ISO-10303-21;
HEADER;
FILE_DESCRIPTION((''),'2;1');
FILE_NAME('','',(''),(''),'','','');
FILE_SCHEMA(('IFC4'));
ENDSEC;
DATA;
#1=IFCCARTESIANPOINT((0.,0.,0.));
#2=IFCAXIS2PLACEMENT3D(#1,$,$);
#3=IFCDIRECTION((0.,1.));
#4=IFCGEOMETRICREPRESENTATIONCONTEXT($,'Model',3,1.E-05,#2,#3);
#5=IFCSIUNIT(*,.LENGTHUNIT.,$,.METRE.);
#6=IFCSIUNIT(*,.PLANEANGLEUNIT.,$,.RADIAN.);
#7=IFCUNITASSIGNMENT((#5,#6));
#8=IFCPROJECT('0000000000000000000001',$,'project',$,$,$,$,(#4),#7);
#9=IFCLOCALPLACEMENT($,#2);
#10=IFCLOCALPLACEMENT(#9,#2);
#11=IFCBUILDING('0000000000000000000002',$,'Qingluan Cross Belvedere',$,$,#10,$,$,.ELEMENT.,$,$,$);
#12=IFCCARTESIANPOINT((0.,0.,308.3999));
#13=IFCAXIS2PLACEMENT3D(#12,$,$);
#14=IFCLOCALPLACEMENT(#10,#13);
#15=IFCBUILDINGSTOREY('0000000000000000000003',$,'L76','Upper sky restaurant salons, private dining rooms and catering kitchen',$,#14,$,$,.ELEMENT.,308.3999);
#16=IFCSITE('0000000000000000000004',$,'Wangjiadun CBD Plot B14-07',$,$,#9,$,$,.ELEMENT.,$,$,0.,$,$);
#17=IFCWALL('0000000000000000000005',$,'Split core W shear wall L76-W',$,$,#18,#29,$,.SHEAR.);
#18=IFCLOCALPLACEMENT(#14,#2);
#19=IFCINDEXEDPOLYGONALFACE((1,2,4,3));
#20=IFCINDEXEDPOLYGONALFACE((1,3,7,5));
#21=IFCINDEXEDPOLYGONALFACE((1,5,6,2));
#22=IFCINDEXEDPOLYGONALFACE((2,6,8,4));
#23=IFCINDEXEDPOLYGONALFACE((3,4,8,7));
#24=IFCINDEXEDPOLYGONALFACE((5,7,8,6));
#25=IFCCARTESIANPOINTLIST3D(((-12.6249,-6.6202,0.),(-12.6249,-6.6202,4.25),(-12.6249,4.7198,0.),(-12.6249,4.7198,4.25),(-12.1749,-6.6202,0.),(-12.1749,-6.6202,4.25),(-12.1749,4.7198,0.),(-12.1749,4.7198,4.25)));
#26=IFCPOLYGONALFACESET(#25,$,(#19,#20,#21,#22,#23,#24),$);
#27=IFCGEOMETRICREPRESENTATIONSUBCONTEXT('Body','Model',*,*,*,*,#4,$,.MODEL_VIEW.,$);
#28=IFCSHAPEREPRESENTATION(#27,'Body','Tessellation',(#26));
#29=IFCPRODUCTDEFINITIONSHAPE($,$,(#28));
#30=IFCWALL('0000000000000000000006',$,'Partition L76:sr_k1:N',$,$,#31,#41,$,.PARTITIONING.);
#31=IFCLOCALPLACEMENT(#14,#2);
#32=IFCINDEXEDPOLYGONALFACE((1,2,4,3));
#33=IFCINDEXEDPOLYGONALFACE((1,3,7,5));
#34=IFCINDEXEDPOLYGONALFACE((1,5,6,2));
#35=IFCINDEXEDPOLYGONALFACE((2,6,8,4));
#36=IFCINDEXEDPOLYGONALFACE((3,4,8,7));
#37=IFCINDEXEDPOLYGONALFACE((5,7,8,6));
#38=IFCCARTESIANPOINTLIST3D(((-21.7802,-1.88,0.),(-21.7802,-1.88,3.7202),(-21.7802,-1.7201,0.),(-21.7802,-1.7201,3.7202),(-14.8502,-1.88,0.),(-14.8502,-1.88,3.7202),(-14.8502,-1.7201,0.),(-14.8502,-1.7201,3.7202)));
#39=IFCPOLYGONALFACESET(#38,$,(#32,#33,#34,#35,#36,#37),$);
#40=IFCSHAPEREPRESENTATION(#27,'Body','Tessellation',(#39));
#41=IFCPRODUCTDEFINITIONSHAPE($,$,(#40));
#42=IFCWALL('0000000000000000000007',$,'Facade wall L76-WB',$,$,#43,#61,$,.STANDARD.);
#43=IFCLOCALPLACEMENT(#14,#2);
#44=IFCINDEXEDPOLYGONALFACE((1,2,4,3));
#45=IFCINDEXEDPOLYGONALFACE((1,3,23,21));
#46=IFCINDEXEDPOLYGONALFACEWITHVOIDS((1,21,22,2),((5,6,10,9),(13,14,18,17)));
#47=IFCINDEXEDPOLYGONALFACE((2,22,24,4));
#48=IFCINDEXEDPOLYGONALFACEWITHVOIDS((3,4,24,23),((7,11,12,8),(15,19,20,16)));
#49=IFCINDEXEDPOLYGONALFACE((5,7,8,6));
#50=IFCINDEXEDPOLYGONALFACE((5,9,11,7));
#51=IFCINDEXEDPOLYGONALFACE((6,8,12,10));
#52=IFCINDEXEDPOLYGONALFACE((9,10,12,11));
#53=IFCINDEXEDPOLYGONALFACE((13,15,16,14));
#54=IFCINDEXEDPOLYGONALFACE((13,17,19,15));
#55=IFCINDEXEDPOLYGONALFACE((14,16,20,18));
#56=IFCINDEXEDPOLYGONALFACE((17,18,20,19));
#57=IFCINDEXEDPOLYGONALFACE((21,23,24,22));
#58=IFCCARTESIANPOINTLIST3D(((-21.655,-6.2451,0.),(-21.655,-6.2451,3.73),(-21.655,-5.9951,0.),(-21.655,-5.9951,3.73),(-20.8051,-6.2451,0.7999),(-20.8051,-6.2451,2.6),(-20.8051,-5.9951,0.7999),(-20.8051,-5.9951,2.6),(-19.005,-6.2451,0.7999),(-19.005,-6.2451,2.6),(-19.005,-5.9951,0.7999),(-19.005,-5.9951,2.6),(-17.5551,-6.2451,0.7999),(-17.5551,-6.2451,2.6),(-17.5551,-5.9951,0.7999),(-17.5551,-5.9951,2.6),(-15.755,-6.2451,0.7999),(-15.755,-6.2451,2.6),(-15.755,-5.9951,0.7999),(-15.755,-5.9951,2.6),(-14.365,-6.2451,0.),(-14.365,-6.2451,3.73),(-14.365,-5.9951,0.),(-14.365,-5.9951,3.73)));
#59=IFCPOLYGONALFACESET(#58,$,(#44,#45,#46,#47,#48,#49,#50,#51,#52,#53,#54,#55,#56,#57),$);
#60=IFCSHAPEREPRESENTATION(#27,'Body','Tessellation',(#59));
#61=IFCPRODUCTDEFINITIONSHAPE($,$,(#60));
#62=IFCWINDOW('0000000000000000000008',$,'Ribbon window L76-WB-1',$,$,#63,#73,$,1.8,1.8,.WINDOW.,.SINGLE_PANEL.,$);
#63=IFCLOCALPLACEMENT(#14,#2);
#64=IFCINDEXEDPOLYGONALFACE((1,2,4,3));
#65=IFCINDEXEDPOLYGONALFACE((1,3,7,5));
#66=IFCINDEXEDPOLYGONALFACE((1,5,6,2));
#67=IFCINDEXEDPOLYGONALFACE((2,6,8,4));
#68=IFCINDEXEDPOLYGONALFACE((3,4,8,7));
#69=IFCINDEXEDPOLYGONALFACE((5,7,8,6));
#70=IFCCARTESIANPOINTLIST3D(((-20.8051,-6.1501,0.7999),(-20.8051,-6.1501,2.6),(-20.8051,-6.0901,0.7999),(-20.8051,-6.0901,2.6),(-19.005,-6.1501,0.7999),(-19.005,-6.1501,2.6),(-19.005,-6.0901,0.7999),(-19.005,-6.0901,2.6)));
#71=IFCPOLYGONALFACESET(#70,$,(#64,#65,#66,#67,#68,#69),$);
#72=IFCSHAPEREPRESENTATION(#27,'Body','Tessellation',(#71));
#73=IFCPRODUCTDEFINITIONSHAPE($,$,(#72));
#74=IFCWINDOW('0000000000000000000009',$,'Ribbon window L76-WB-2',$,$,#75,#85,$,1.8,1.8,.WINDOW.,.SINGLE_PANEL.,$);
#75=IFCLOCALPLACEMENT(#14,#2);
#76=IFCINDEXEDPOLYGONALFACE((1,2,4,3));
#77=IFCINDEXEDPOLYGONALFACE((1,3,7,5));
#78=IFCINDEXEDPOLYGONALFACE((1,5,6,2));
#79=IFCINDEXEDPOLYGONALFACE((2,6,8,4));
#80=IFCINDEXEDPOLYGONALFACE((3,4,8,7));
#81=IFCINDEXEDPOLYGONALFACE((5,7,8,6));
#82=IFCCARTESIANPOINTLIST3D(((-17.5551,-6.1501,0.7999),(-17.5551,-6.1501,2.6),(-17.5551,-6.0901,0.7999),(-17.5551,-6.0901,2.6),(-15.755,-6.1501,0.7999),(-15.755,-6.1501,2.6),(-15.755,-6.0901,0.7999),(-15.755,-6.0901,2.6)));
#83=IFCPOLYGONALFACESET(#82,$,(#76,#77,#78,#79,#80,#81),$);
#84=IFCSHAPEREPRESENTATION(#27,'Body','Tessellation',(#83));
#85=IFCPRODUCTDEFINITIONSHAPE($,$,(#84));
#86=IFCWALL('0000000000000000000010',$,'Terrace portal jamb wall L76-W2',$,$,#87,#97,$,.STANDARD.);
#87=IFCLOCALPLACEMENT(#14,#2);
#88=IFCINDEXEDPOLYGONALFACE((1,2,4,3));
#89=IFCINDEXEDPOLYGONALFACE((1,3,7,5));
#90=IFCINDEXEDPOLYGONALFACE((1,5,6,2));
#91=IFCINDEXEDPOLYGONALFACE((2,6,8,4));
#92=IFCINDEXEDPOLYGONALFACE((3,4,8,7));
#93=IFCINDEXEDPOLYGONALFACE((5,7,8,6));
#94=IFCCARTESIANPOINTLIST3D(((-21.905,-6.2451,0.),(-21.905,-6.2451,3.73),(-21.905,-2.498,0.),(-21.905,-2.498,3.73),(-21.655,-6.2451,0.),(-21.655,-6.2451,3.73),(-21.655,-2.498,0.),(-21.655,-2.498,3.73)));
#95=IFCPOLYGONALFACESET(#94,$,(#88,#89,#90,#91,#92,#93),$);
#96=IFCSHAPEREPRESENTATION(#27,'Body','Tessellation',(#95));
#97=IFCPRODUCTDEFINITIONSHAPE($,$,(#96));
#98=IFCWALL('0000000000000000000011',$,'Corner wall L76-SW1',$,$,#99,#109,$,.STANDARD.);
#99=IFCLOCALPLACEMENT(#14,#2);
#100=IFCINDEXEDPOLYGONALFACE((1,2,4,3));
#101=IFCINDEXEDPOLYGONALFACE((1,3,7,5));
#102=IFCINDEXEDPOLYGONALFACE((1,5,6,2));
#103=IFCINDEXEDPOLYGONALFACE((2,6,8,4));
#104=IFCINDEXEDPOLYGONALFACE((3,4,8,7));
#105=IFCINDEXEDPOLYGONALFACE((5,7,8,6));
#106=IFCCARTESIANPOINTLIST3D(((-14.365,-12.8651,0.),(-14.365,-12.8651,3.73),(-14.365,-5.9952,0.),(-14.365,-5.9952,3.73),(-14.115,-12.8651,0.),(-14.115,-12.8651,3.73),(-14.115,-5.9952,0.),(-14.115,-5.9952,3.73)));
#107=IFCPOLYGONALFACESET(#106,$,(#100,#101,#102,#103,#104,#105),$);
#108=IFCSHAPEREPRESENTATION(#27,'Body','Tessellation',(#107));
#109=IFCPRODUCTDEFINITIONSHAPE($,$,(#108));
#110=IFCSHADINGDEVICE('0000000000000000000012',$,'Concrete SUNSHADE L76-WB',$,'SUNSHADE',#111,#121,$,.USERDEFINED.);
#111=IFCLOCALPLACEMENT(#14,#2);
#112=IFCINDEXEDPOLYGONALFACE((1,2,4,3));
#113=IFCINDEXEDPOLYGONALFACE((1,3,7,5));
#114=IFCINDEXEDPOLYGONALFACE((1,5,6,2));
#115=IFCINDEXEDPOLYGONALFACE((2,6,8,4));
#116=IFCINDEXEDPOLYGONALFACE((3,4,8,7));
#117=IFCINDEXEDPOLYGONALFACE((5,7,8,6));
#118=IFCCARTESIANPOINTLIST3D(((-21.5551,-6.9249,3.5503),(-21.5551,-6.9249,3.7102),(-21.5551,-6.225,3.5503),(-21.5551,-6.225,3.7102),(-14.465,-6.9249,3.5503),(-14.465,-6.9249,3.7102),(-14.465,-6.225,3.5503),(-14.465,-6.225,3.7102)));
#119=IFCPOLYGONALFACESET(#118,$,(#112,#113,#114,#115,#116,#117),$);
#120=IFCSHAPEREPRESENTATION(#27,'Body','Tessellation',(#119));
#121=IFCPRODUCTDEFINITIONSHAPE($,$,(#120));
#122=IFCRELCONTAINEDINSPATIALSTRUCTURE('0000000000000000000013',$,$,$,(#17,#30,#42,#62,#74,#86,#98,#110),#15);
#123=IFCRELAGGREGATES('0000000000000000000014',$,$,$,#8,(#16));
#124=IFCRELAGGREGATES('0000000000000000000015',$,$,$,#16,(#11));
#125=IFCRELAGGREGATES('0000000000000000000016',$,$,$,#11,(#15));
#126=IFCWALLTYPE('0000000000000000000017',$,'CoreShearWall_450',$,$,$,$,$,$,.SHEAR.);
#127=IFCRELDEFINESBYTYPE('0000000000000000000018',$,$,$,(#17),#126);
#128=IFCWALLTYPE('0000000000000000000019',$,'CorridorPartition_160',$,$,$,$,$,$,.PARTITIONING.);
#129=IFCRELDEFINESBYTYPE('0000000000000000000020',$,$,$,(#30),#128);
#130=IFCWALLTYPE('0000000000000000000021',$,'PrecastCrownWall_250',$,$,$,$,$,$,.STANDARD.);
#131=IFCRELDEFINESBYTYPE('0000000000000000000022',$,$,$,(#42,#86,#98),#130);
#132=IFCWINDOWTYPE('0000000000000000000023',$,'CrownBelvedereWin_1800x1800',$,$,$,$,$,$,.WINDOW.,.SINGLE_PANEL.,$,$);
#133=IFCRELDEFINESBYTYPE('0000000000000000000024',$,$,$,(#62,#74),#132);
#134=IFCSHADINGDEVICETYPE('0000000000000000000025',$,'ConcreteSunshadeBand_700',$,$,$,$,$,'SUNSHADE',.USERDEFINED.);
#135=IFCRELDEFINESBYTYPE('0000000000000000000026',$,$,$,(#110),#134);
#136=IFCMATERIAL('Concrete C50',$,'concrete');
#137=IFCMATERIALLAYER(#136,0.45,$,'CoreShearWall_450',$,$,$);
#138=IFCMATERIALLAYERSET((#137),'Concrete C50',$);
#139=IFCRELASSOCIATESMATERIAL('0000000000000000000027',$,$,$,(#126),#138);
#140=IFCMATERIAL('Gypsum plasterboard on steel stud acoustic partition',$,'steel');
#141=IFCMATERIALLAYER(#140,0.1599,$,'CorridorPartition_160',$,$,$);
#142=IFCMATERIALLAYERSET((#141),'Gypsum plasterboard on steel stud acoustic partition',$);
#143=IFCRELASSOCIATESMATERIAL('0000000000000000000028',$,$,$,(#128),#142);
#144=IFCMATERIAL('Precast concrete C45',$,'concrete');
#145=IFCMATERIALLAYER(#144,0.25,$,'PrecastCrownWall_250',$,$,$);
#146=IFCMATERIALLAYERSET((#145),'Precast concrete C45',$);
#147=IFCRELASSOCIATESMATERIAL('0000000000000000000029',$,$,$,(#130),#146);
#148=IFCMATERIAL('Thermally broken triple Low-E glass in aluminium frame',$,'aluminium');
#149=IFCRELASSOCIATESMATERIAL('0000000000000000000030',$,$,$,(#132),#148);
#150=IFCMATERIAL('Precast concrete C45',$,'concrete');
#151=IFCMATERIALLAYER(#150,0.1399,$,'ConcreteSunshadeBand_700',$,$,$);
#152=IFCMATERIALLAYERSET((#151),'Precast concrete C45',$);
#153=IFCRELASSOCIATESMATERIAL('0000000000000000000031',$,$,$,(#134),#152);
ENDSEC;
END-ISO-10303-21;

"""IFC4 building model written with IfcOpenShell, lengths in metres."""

from ifc_helpers import new_model, si_unit, direction, frame, frame_2d, origin, origin_2d, place, context, subcontext, project, spatial, rectangle, extrude, material, layer, layer_set, type_object, element, fill, save


model = new_model("IFC4")

# Units and contexts
model_context = context("Model", 3, precision=1e-05, world=origin(), true_north=direction((0.0, 1.0)))
body_context = subcontext(model_context, "Body", "Model", "MODEL_VIEW")
ifc_project = project(units=[si_unit("LENGTHUNIT", "METRE"), si_unit("PLANEANGLEUNIT", "RADIAN")], contexts=[model_context])

# Site, building, storey
site_placement = place(None, origin())
site = spatial("IfcSite", under=ifc_project, at=site_placement, Name="Wangjiadun CBD Plot B14-07", CompositionType="ELEMENT", RefElevation=0.0)
building_placement = place(site_placement, origin())
building = spatial("IfcBuilding", under=site, at=building_placement, Name="Qingluan Cross Belvedere", CompositionType="ELEMENT")
storey_placement = place(building_placement, frame((0.0, 0.0, 308.3999)))
storey = spatial("IfcBuildingStorey", under=building, at=storey_placement, Name="L76", Description="Upper sky restaurant salons, private dining rooms and catering kitchen", CompositionType="ELEMENT", Elevation=308.3999)

# Walls
ifc_material_1 = material(Name="Concrete C50", Category="concrete")
ifc_layer_1 = layer(ifc_material_1, 0.45, Name="CoreShearWall_450")
ifc_layer_set_1 = layer_set([ifc_layer_1], Name="Concrete C50")
wall_type_1 = type_object("IfcWallType", Name="CoreShearWall_450", PredefinedType="SHEAR", material=ifc_layer_set_1)
wall_1_placement = place(storey_placement, frame((-12.3999, -6.6201, 0.0), z_axis=(0.0, 0.0, 1.0), x_axis=(0.0, 1.0, 0.0)))
element("IfcWall", 1, at=wall_1_placement, inside=storey, type_object=wall_type_1, Name="Split core W shear wall L76-W", PredefinedType="SHEAR", context=body_context, shape_type="SweptSolid", body=[
    extrude(rectangle(XDim=11.3401, YDim=0.45, at=frame_2d((5.6699, 0.0))), origin(), (0.0, 0.0, 1.0), 4.25),
])
ifc_material_2 = material(Name="Gypsum plasterboard on steel stud acoustic partition", Category="steel")
ifc_layer_2 = layer(ifc_material_2, 0.1599, Name="CorridorPartition_160")
ifc_layer_set_2 = layer_set([ifc_layer_2], Name="Gypsum plasterboard on steel stud acoustic partition")
wall_type_2 = type_object("IfcWallType", Name="CorridorPartition_160", PredefinedType="PARTITIONING", material=ifc_layer_set_2)
wall_2_placement = place(storey_placement, frame((-21.78, -1.8, 0.0), z_axis=(0.0, 0.0, 1.0), x_axis=(1.0, 0.0, 0.0)))
element("IfcWall", 2, at=wall_2_placement, inside=storey, type_object=wall_type_2, Name="Partition L76:sr_k1:N", PredefinedType="PARTITIONING", context=body_context, shape_type="SweptSolid", body=[
    extrude(rectangle(XDim=6.9299, YDim=0.1599, at=frame_2d((3.4648, 0.0))), origin(), (0.0, 0.0, 1.0), 3.7202),
])

# Wall, openings, windows
ifc_material_3 = material(Name="Precast concrete C45", Category="concrete")
ifc_layer_3 = layer(ifc_material_3, 0.25, Name="PrecastCrownWall_250")
ifc_layer_set_3 = layer_set([ifc_layer_3], Name="Precast concrete C45")
wall_type_3 = type_object("IfcWallType", Name="PrecastCrownWall_250", PredefinedType="STANDARD", material=ifc_layer_set_3)
wall_3_placement = place(storey_placement, frame((-21.655, -6.1201, 0.0), z_axis=(0.0, 0.0, 1.0), x_axis=(1.0, 0.0, 0.0)))
wall_3 = element("IfcWall", 3, at=wall_3_placement, inside=storey, type_object=wall_type_3, Name="Facade wall L76-WB", PredefinedType="STANDARD", context=body_context, shape_type="SweptSolid", body=[
    extrude(rectangle(XDim=7.29, YDim=0.25, at=frame_2d((3.645, 0.0))), origin(), (0.0, 0.0, 1.0), 3.73),
])
opening_1_placement = place(wall_3_placement, frame((0.8501, 0.0, 0.8)))
opening_1 = element("IfcOpeningElement", 4, at=opening_1_placement, cuts=wall_3, PredefinedType="OPENING", context=body_context, shape_type="SweptSolid", body=[
    extrude(rectangle(XDim=1.8, YDim=1.8, at=frame_2d((0.8999, 0.8999))), frame((0.0, 0.135, 0.0), z_axis=(0.0, -1.0, 0.0), x_axis=(1.0, 0.0, 0.0)), (0.0, 0.0, 1.0), 0.27),
])
opening_2_placement = place(wall_3_placement, frame((4.1001, 0.0, 0.8)))
opening_2 = element("IfcOpeningElement", 5, at=opening_2_placement, cuts=wall_3, PredefinedType="OPENING", context=body_context, shape_type="SweptSolid", body=[
    extrude(rectangle(XDim=1.8, YDim=1.8, at=frame_2d((0.8999, 0.8999))), frame((0.0, 0.135, 0.0), z_axis=(0.0, -1.0, 0.0), x_axis=(1.0, 0.0, 0.0)), (0.0, 0.0, 1.0), 0.27),
])
ifc_material_4 = material(Name="Thermally broken triple Low-E glass in aluminium frame", Category="aluminium")
window_type = type_object("IfcWindowType", Name="CrownBelvedereWin_1800x1800", PartitioningType="SINGLE_PANEL", PredefinedType="WINDOW", material=ifc_material_4)
window_1_placement = place(opening_1_placement, origin())
window_1 = element("IfcWindow", 6, at=window_1_placement, inside=storey, type_object=window_type, Name="Ribbon window L76-WB-1", OverallHeight=1.8, OverallWidth=1.8, PartitioningType="SINGLE_PANEL", PredefinedType="WINDOW", context=body_context, shape_type="SweptSolid", body=[
    extrude(rectangle(XDim=1.8, YDim=1.8, at=frame_2d((0.8999, 0.8999))), frame((0.0, 0.03, 0.0), z_axis=(0.0, -1.0, 0.0), x_axis=(1.0, 0.0, 0.0)), (0.0, 0.0, 1.0), 0.0601),
])
fill(opening_1, window_1)
window_2_placement = place(opening_2_placement, origin())
window_2 = element("IfcWindow", 7, at=window_2_placement, inside=storey, type_object=window_type, Name="Ribbon window L76-WB-2", OverallHeight=1.8, OverallWidth=1.8, PartitioningType="SINGLE_PANEL", PredefinedType="WINDOW", context=body_context, shape_type="SweptSolid", body=[
    extrude(rectangle(XDim=1.8, YDim=1.8, at=frame_2d((0.8999, 0.8999))), frame((0.0, 0.03, 0.0), z_axis=(0.0, -1.0, 0.0), x_axis=(1.0, 0.0, 0.0)), (0.0, 0.0, 1.0), 0.0601),
])
fill(opening_2, window_2)

# Walls
wall_4_placement = place(storey_placement, frame((-21.78, -2.498, 0.0), z_axis=(0.0, 0.0, 1.0), x_axis=(0.0, -1.0, 0.0)))
element("IfcWall", 8, at=wall_4_placement, inside=storey, type_object=wall_type_3, Name="Terrace portal jamb wall L76-W2", PredefinedType="STANDARD", context=body_context, shape_type="SweptSolid", body=[
    extrude(rectangle(XDim=3.7471, YDim=0.25, at=frame_2d((1.8735, 0.0))), origin(), (0.0, 0.0, 1.0), 3.73),
])
wall_5_placement = place(storey_placement, frame((-14.24, -5.9951, 0.0), z_axis=(0.0, 0.0, 1.0), x_axis=(0.0, -1.0, 0.0)))
element("IfcWall", 9, at=wall_5_placement, inside=storey, type_object=wall_type_3, Name="Corner wall L76-SW1", PredefinedType="STANDARD", context=body_context, shape_type="SweptSolid", body=[
    extrude(rectangle(XDim=6.8699, YDim=0.25, at=frame_2d((3.4351, 0.0))), origin(), (0.0, 0.0, 1.0), 3.73),
])

# Shading device
ifc_material_5 = material(Name="Precast concrete C45", Category="concrete")
ifc_layer_4 = layer(ifc_material_5, 0.1399, Name="ConcreteSunshadeBand_700")
ifc_layer_set_4 = layer_set([ifc_layer_4], Name="Precast concrete C45")
shading_device_type = type_object("IfcShadingDeviceType", Name="ConcreteSunshadeBand_700", ElementType="SUNSHADE", PredefinedType="USERDEFINED", material=ifc_layer_set_4)
shading_device_placement = place(storey_placement, frame((-18.01, -6.575, 3.5503), z_axis=(0.0, 0.0, 1.0), x_axis=(1.0, 0.0, 0.0)))
element("IfcShadingDevice", 10, at=shading_device_placement, inside=storey, type_object=shading_device_type, Name="Concrete SUNSHADE L76-WB", ObjectType="SUNSHADE", PredefinedType="USERDEFINED", context=body_context, shape_type="SweptSolid", body=[
    extrude(rectangle(XDim=7.0901, YDim=0.7, at=origin_2d()), origin(), (0.0, 0.0, 1.0), 0.1599),
])

save(model, "model.ifc")
